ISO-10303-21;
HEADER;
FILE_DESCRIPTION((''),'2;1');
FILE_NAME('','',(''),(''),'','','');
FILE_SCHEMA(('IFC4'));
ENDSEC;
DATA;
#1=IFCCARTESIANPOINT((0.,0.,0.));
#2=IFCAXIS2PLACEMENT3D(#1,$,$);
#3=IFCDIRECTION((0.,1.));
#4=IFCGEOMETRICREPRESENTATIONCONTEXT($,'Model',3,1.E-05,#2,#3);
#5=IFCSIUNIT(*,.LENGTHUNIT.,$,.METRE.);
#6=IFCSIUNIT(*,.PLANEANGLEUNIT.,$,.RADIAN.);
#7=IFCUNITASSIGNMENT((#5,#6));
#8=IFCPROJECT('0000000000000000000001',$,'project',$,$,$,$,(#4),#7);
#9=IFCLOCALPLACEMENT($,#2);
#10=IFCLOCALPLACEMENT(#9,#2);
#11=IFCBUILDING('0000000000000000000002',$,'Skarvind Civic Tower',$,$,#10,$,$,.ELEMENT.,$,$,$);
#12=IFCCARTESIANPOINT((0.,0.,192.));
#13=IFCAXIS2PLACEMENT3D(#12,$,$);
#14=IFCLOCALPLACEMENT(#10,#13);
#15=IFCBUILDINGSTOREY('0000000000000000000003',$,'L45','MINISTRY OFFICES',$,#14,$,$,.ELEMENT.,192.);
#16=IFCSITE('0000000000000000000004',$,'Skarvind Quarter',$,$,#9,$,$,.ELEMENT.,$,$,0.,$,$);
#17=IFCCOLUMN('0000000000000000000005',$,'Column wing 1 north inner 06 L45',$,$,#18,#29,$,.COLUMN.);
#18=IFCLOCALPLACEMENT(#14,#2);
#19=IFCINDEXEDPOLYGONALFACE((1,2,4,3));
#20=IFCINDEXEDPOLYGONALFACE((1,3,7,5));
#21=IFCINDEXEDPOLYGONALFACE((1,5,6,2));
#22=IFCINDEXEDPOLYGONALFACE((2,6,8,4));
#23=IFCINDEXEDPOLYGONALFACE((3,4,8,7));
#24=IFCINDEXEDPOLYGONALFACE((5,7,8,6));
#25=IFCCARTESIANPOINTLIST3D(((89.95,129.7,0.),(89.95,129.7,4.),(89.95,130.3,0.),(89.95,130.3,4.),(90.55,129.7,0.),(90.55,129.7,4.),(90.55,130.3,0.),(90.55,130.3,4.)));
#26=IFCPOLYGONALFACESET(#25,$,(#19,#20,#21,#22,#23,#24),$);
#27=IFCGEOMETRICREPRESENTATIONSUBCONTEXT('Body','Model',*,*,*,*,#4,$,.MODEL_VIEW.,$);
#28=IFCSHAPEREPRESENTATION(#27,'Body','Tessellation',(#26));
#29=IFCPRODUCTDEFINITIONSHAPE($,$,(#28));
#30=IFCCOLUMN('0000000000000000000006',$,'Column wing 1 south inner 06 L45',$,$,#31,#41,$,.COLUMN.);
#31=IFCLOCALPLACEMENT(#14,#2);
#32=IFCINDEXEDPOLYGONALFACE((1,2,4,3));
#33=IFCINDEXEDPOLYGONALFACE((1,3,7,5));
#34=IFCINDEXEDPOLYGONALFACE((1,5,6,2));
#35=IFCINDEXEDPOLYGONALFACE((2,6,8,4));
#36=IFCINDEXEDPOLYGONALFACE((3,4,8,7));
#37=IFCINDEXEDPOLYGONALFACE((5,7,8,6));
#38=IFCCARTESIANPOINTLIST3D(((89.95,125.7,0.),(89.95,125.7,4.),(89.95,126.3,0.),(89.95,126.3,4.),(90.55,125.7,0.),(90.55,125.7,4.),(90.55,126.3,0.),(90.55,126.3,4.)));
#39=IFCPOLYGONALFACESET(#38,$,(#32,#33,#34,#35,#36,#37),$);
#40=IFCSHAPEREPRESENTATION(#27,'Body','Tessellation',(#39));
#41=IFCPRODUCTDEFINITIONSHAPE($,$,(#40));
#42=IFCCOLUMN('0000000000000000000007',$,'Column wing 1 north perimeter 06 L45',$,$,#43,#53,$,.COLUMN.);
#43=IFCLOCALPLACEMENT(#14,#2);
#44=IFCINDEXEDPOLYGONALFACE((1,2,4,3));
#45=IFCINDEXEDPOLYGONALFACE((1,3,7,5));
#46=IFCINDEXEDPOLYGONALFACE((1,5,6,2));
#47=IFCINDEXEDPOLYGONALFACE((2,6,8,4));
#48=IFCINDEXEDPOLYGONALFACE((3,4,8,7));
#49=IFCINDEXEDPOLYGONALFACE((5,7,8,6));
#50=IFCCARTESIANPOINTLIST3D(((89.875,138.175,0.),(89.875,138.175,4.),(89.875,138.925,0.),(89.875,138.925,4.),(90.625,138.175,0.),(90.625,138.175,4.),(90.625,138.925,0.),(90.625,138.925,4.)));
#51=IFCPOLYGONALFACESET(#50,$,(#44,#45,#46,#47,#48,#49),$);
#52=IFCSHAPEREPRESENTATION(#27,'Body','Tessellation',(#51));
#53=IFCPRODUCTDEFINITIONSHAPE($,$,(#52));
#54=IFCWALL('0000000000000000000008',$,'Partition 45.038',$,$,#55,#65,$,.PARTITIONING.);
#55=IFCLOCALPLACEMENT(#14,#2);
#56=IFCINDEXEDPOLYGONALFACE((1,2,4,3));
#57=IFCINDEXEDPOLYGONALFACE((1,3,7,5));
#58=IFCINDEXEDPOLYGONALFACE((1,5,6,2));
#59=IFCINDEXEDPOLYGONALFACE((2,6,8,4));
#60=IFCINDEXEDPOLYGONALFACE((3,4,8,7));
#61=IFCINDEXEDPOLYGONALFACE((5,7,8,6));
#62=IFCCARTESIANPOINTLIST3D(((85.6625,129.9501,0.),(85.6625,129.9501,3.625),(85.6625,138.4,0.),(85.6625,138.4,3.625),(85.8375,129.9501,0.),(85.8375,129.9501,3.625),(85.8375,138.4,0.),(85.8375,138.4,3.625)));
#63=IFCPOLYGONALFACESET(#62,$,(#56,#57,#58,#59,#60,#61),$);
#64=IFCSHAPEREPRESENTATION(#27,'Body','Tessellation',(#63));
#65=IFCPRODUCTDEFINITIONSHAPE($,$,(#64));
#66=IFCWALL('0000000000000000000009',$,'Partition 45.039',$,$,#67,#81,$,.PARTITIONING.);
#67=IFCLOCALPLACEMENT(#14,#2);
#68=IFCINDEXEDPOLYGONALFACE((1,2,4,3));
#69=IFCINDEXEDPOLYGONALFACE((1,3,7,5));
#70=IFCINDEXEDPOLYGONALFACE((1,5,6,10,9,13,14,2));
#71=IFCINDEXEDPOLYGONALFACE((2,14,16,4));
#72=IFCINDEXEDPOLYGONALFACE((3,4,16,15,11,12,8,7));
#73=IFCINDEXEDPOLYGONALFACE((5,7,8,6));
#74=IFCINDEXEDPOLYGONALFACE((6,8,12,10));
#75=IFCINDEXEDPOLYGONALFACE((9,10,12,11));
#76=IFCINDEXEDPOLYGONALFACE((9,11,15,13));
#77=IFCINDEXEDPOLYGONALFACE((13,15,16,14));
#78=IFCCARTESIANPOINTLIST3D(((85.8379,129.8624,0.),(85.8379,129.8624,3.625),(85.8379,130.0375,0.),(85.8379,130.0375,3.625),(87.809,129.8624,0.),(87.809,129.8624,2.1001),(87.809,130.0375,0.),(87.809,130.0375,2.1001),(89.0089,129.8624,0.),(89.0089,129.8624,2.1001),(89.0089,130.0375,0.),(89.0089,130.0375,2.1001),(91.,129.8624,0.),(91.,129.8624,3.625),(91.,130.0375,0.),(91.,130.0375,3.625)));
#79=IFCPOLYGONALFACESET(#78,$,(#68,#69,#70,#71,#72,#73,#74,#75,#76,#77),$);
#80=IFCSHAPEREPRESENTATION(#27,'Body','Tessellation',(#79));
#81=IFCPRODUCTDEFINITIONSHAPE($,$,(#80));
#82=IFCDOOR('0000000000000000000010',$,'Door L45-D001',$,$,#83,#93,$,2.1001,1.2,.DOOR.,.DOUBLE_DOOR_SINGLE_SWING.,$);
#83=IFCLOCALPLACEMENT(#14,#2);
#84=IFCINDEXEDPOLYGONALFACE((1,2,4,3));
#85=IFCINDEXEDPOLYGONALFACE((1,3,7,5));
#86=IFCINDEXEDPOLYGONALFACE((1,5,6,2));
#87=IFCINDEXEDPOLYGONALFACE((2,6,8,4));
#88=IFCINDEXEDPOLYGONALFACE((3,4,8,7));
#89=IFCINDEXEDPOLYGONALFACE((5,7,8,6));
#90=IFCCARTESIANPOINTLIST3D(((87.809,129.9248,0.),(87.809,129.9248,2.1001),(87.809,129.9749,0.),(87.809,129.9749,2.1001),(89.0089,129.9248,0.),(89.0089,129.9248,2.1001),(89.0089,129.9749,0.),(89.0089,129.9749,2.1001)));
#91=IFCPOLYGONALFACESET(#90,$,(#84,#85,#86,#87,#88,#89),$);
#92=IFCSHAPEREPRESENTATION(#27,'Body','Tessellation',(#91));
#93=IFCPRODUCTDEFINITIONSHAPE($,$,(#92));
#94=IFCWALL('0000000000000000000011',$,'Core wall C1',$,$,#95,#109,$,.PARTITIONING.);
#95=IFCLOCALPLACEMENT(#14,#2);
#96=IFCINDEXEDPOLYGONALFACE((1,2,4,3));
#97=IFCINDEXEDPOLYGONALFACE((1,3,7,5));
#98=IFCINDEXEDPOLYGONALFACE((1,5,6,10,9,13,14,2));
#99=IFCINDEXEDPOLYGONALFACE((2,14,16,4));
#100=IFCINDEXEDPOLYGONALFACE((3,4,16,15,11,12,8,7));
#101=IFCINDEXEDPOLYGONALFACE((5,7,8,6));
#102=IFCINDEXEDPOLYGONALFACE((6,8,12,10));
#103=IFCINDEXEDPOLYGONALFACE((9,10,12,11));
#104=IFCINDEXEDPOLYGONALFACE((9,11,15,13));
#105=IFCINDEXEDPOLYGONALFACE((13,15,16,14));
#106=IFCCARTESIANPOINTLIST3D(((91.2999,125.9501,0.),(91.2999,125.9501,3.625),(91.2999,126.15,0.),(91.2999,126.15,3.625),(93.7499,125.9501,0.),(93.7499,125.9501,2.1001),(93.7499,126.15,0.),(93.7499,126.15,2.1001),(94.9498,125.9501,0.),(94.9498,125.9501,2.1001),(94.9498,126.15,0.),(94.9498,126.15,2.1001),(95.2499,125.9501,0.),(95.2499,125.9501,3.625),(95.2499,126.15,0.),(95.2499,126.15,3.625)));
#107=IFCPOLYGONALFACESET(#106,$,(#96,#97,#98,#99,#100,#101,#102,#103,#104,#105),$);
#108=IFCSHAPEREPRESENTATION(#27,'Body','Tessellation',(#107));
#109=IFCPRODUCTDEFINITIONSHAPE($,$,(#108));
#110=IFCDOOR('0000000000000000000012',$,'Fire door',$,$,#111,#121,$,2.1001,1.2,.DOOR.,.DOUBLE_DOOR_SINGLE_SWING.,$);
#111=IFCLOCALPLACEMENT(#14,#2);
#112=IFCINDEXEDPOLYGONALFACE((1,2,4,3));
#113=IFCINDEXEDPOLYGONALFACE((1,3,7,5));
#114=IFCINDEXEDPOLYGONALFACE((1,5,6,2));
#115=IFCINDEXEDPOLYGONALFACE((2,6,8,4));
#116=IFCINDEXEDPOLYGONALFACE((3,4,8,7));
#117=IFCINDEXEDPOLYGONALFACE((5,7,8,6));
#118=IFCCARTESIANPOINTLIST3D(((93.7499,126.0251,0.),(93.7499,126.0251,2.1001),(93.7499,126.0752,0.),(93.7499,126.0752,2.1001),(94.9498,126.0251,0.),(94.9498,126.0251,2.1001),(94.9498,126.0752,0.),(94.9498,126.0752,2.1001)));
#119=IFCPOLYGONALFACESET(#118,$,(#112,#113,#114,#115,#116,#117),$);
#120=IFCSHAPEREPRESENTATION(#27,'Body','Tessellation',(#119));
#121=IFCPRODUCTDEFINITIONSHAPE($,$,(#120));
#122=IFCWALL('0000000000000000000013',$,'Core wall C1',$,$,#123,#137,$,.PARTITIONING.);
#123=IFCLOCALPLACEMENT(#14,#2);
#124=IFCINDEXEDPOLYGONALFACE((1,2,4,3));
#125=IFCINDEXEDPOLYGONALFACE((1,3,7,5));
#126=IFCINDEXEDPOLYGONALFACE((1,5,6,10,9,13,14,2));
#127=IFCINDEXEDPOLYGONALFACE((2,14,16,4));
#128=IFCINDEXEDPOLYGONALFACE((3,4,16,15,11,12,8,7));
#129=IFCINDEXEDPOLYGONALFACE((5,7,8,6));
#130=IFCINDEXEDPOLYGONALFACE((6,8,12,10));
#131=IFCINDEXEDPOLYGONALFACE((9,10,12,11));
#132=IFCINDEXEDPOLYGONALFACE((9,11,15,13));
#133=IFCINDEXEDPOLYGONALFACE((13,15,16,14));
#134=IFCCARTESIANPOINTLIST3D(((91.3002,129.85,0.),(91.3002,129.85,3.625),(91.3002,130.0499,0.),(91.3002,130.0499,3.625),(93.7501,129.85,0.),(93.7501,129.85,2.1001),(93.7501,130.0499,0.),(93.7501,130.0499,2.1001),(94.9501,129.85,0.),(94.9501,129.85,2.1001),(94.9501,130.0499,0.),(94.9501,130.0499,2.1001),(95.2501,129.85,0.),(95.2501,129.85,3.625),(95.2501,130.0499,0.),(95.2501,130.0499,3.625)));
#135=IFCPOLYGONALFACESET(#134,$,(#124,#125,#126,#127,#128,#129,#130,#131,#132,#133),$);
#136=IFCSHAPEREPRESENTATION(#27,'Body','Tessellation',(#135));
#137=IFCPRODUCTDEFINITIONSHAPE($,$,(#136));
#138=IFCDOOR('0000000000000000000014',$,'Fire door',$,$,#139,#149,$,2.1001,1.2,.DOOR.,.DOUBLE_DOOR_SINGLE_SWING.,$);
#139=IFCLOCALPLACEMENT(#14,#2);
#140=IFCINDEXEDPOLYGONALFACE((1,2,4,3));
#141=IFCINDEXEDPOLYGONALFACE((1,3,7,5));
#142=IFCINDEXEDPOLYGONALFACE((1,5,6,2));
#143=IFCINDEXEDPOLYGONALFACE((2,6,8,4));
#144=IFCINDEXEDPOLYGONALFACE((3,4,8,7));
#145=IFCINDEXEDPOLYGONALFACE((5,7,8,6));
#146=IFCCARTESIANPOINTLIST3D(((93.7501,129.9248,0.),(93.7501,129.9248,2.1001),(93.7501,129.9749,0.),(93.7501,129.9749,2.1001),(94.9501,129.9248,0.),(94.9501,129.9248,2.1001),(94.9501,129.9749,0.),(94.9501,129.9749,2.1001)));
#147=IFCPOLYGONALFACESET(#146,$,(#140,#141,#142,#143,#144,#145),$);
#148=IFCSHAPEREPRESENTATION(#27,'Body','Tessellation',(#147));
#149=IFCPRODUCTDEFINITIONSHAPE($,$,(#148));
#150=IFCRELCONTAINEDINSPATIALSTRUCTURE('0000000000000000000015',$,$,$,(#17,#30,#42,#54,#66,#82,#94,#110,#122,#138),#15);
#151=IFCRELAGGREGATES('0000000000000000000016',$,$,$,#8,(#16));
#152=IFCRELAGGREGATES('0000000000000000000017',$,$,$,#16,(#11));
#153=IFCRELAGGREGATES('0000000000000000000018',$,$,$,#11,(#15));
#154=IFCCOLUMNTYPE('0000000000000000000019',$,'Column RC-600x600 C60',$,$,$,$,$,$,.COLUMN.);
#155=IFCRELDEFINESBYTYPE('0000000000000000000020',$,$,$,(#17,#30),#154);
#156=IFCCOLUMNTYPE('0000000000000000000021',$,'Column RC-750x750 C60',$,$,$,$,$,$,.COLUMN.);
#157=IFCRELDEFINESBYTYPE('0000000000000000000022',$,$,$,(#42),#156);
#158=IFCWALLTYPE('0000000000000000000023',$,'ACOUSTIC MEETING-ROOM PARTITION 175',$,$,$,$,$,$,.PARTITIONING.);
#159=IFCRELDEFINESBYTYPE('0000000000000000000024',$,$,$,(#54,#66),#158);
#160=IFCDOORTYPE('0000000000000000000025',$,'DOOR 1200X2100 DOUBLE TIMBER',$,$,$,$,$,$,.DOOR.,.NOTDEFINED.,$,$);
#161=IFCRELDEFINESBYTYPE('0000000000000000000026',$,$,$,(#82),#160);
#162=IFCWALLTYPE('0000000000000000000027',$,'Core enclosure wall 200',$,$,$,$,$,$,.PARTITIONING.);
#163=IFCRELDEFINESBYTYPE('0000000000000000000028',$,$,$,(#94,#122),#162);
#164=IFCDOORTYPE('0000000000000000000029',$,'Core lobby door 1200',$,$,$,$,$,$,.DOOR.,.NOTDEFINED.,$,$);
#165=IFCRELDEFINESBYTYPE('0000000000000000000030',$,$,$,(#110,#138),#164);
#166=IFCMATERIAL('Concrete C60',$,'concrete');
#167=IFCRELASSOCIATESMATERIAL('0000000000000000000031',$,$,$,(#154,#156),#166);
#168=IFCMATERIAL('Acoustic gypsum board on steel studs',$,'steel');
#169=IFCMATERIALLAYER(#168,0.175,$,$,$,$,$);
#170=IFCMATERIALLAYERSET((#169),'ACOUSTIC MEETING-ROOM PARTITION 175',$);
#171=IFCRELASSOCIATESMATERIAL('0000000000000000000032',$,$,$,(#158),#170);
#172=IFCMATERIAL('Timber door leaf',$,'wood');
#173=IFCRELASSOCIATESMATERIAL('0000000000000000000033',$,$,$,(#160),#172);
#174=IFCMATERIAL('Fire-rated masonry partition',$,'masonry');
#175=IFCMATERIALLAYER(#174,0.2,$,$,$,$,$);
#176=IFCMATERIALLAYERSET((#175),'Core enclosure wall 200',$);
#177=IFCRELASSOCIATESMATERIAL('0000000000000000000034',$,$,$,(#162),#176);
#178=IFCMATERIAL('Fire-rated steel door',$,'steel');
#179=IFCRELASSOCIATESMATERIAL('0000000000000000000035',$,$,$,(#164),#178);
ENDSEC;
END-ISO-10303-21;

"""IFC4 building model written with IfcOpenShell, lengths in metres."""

from ifc_helpers import new_model, si_unit, direction, frame, frame_2d, origin, origin_2d, place, context, subcontext, project, spatial, rectangle, extrude, material, layer, layer_set, material_profile, profile_set, type_object, element, fill, save


model = new_model("IFC4")

# Units and contexts
model_context = context("Model", 3, precision=1e-05, world=origin(), true_north=direction((0.0, 1.0)))
body_context = subcontext(model_context, "Body", "Model", "MODEL_VIEW")
ifc_project = project(units=[si_unit("LENGTHUNIT", "METRE"), si_unit("PLANEANGLEUNIT", "RADIAN")], contexts=[model_context])

# Site, building, storey
site_placement = place(None, origin())
site = spatial("IfcSite", under=ifc_project, at=site_placement, Name="Skarvind Quarter", CompositionType="ELEMENT", RefElevation=0.0)
building_placement = place(site_placement, origin())
building = spatial("IfcBuilding", under=site, at=building_placement, Name="Skarvind Civic Tower", CompositionType="ELEMENT")
storey_placement = place(building_placement, frame((0.0, 0.0, 192.0)))
storey = spatial("IfcBuildingStorey", under=building, at=storey_placement, Name="L45", Description="MINISTRY OFFICES", CompositionType="ELEMENT", Elevation=192.0)

# Columns
ifc_material_1 = material(Name="Concrete C60", Category="concrete")
ifc_material_profile_1 = material_profile(ifc_material_1, rectangle(XDim=0.6001, YDim=0.6001, at=origin_2d()), Name="RC-600x600")
ifc_profile_set_1 = profile_set([ifc_material_profile_1], Name="Concrete C60")
column_type_1 = type_object("IfcColumnType", Name="Column RC-600x600 C60", PredefinedType="COLUMN", material=ifc_profile_set_1)
for number, where, z_axis, x_axis, name in (
    (1, (90.25, 130.0, 0.0), (0.0, 0.0, 1.0), (1.0, 0.0, 0.0), "Column wing 1 north inner 06 L45"),
    (2, (90.25, 126.0, 0.0), (0.0, 0.0, 1.0), (1.0, 0.0, 0.0), "Column wing 1 south inner 06 L45"),
):
    element("IfcColumn", number, at=place(storey_placement, frame(where, z_axis=z_axis, x_axis=x_axis)), inside=storey, type_object=column_type_1, Name=name, PredefinedType="COLUMN", context=body_context, shape_type="SweptSolid", body=[
        extrude(rectangle(XDim=0.6001, YDim=0.6001, at=origin_2d()), origin(), (0.0, 0.0, 1.0), 4.0),
    ])
ifc_material_profile_2 = material_profile(ifc_material_1, rectangle(XDim=0.75, YDim=0.75, at=origin_2d()), Name="RC-750x750")
ifc_profile_set_2 = profile_set([ifc_material_profile_2], Name="Concrete C60")
column_type_2 = type_object("IfcColumnType", Name="Column RC-750x750 C60", PredefinedType="COLUMN", material=ifc_profile_set_2)
column_placement = place(storey_placement, frame((90.25, 138.55, 0.0), z_axis=(0.0, 0.0, 1.0), x_axis=(1.0, 0.0, 0.0)))
element("IfcColumn", 3, at=column_placement, inside=storey, type_object=column_type_2, Name="Column wing 1 north perimeter 06 L45", PredefinedType="COLUMN", context=body_context, shape_type="SweptSolid", body=[
    extrude(rectangle(XDim=0.75, YDim=0.75, at=origin_2d()), origin(), (0.0, 0.0, 1.0), 4.0),
])

# Wall
ifc_material_2 = material(Name="Acoustic gypsum board on steel studs", Category="steel")
ifc_layer_1 = layer(ifc_material_2, 0.175)
ifc_layer_set_1 = layer_set([ifc_layer_1], Name="ACOUSTIC MEETING-ROOM PARTITION 175")
wall_type_1 = type_object("IfcWallType", Name="ACOUSTIC MEETING-ROOM PARTITION 175", PredefinedType="PARTITIONING", material=ifc_layer_set_1)
wall_1_placement = place(storey_placement, frame((85.75, 129.95, 0.0), z_axis=(0.0, 0.0, 1.0), x_axis=(0.0, 1.0, 0.0)))
element("IfcWall", 4, at=wall_1_placement, inside=storey, type_object=wall_type_1, Name="Partition 45.038", PredefinedType="PARTITIONING", context=body_context, shape_type="SweptSolid", body=[
    extrude(rectangle(XDim=8.45, YDim=0.175, at=frame_2d((4.2251, 0.0))), origin(), (0.0, 0.0, 1.0), 3.625),
])

# Walls, openings, doors
wall_2_placement = place(storey_placement, frame((85.8379, 129.95, 0.0), z_axis=(0.0, 0.0, 1.0), x_axis=(1.0, 0.0, 0.0)))
wall_2 = element("IfcWall", 5, at=wall_2_placement, inside=storey, type_object=wall_type_1, Name="Partition 45.039", PredefinedType="PARTITIONING", context=body_context, shape_type="SweptSolid", body=[
    extrude(rectangle(XDim=5.1621, YDim=0.175, at=frame_2d((2.5811, 0.0))), origin(), (0.0, 0.0, 1.0), 3.625),
])
opening_1_placement = place(wall_2_placement, frame((1.9709, 0.0, 0.0)))
opening_1 = element("IfcOpeningElement", 6, at=opening_1_placement, cuts=wall_2, PredefinedType="OPENING", context=body_context, shape_type="SweptSolid", body=[
    extrude(rectangle(XDim=1.2, YDim=2.1001, at=frame_2d((0.6001, 1.05))), frame((0.0, 0.0974, 0.0), z_axis=(0.0, -1.0, 0.0), x_axis=(1.0, 0.0, 0.0)), (0.0, 0.0, 1.0), 0.1951),
])
ifc_material_3 = material(Name="Timber door leaf", Category="wood")
door_type_1 = type_object("IfcDoorType", Name="DOOR 1200X2100 DOUBLE TIMBER", OperationType="NOTDEFINED", PredefinedType="DOOR", material=ifc_material_3)
door_1_placement = place(opening_1_placement, origin())
door_1 = element("IfcDoor", 7, at=door_1_placement, inside=storey, type_object=door_type_1, Name="Door L45-D001", OperationType="DOUBLE_DOOR_SINGLE_SWING", OverallHeight=2.1001, OverallWidth=1.2, PredefinedType="DOOR", context=body_context, shape_type="SweptSolid", body=[
    extrude(rectangle(XDim=1.2, YDim=2.1001, at=frame_2d((0.6001, 1.05))), frame((0.0, 0.0249, 0.0), z_axis=(0.0, -1.0, 0.0), x_axis=(1.0, 0.0, 0.0)), (0.0, 0.0, 1.0), 0.05),
])
fill(opening_1, door_1)
ifc_material_4 = material(Name="Fire-rated masonry partition", Category="masonry")
ifc_layer_2 = layer(ifc_material_4, 0.2)
ifc_layer_set_2 = layer_set([ifc_layer_2], Name="Core enclosure wall 200")
wall_type_2 = type_object("IfcWallType", Name="Core enclosure wall 200", PredefinedType="PARTITIONING", material=ifc_layer_set_2)
wall_3_placement = place(storey_placement, frame((95.25, 126.05, 0.0), z_axis=(0.0, 0.0, 1.0), x_axis=(-1.0, 0.0, 0.0)))
wall_3 = element("IfcWall", 8, at=wall_3_placement, inside=storey, type_object=wall_type_2, Name="Core wall C1", PredefinedType="PARTITIONING", context=body_context, shape_type="SweptSolid", body=[
    extrude(rectangle(XDim=3.95, YDim=0.2, at=frame_2d((1.9751, 0.0))), origin(), (0.0, 0.0, 1.0), 3.625),
])
opening_2_placement = place(wall_3_placement, frame((0.3, 0.0, 0.0)))
opening_2 = element("IfcOpeningElement", 9, at=opening_2_placement, cuts=wall_3, PredefinedType="OPENING", context=body_context, shape_type="SweptSolid", body=[
    extrude(rectangle(XDim=1.2, YDim=2.1001, at=frame_2d((0.6001, 1.05))), frame((0.0, 0.1099, 0.0), z_axis=(0.0, -1.0, 0.0), x_axis=(1.0, 0.0, 0.0)), (0.0, 0.0, 1.0), 0.22),
])
ifc_material_5 = material(Name="Fire-rated steel door", Category="steel")
door_type_2 = type_object("IfcDoorType", Name="Core lobby door 1200", OperationType="NOTDEFINED", PredefinedType="DOOR", material=ifc_material_5)
door_2_placement = place(opening_2_placement, origin())
door_2 = element("IfcDoor", 10, at=door_2_placement, inside=storey, type_object=door_type_2, Name="Fire door", OperationType="DOUBLE_DOOR_SINGLE_SWING", OverallHeight=2.1001, OverallWidth=1.2, PredefinedType="DOOR", context=body_context, shape_type="SweptSolid", body=[
    extrude(rectangle(XDim=1.2, YDim=2.1001, at=frame_2d((0.6001, 1.05))), frame((0.0, 0.0249, 0.0), z_axis=(0.0, -1.0, 0.0), x_axis=(1.0, 0.0, 0.0)), (0.0, 0.0, 1.0), 0.05),
])
fill(opening_2, door_2)
wall_4_placement = place(storey_placement, frame((91.3, 129.95, 0.0), z_axis=(0.0, 0.0, 1.0), x_axis=(1.0, 0.0, 0.0)))
wall_4 = element("IfcWall", 11, at=wall_4_placement, inside=storey, type_object=wall_type_2, Name="Core wall C1", PredefinedType="PARTITIONING", context=body_context, shape_type="SweptSolid", body=[
    extrude(rectangle(XDim=3.95, YDim=0.2, at=frame_2d((1.9751, 0.0))), origin(), (0.0, 0.0, 1.0), 3.625),
])
opening_3_placement = place(wall_4_placement, frame((2.45, 0.0, 0.0)))
opening_3 = element("IfcOpeningElement", 12, at=opening_3_placement, cuts=wall_4, PredefinedType="OPENING", context=body_context, shape_type="SweptSolid", body=[
    extrude(rectangle(XDim=1.2, YDim=2.1001, at=frame_2d((0.6001, 1.05))), frame((0.0, 0.1099, 0.0), z_axis=(0.0, -1.0, 0.0), x_axis=(1.0, 0.0, 0.0)), (0.0, 0.0, 1.0), 0.22),
])
door_3_placement = place(opening_3_placement, origin())
door_3 = element("IfcDoor", 13, at=door_3_placement, inside=storey, type_object=door_type_2, Name="Fire door", OperationType="DOUBLE_DOOR_SINGLE_SWING", OverallHeight=2.1001, OverallWidth=1.2, PredefinedType="DOOR", context=body_context, shape_type="SweptSolid", body=[
    extrude(rectangle(XDim=1.2, YDim=2.1001, at=frame_2d((0.6001, 1.05))), frame((0.0, 0.0249, 0.0), z_axis=(0.0, -1.0, 0.0), x_axis=(1.0, 0.0, 0.0)), (0.0, 0.0, 1.0), 0.05),
])
fill(opening_3, door_3)

save(model, "model.ifc")
